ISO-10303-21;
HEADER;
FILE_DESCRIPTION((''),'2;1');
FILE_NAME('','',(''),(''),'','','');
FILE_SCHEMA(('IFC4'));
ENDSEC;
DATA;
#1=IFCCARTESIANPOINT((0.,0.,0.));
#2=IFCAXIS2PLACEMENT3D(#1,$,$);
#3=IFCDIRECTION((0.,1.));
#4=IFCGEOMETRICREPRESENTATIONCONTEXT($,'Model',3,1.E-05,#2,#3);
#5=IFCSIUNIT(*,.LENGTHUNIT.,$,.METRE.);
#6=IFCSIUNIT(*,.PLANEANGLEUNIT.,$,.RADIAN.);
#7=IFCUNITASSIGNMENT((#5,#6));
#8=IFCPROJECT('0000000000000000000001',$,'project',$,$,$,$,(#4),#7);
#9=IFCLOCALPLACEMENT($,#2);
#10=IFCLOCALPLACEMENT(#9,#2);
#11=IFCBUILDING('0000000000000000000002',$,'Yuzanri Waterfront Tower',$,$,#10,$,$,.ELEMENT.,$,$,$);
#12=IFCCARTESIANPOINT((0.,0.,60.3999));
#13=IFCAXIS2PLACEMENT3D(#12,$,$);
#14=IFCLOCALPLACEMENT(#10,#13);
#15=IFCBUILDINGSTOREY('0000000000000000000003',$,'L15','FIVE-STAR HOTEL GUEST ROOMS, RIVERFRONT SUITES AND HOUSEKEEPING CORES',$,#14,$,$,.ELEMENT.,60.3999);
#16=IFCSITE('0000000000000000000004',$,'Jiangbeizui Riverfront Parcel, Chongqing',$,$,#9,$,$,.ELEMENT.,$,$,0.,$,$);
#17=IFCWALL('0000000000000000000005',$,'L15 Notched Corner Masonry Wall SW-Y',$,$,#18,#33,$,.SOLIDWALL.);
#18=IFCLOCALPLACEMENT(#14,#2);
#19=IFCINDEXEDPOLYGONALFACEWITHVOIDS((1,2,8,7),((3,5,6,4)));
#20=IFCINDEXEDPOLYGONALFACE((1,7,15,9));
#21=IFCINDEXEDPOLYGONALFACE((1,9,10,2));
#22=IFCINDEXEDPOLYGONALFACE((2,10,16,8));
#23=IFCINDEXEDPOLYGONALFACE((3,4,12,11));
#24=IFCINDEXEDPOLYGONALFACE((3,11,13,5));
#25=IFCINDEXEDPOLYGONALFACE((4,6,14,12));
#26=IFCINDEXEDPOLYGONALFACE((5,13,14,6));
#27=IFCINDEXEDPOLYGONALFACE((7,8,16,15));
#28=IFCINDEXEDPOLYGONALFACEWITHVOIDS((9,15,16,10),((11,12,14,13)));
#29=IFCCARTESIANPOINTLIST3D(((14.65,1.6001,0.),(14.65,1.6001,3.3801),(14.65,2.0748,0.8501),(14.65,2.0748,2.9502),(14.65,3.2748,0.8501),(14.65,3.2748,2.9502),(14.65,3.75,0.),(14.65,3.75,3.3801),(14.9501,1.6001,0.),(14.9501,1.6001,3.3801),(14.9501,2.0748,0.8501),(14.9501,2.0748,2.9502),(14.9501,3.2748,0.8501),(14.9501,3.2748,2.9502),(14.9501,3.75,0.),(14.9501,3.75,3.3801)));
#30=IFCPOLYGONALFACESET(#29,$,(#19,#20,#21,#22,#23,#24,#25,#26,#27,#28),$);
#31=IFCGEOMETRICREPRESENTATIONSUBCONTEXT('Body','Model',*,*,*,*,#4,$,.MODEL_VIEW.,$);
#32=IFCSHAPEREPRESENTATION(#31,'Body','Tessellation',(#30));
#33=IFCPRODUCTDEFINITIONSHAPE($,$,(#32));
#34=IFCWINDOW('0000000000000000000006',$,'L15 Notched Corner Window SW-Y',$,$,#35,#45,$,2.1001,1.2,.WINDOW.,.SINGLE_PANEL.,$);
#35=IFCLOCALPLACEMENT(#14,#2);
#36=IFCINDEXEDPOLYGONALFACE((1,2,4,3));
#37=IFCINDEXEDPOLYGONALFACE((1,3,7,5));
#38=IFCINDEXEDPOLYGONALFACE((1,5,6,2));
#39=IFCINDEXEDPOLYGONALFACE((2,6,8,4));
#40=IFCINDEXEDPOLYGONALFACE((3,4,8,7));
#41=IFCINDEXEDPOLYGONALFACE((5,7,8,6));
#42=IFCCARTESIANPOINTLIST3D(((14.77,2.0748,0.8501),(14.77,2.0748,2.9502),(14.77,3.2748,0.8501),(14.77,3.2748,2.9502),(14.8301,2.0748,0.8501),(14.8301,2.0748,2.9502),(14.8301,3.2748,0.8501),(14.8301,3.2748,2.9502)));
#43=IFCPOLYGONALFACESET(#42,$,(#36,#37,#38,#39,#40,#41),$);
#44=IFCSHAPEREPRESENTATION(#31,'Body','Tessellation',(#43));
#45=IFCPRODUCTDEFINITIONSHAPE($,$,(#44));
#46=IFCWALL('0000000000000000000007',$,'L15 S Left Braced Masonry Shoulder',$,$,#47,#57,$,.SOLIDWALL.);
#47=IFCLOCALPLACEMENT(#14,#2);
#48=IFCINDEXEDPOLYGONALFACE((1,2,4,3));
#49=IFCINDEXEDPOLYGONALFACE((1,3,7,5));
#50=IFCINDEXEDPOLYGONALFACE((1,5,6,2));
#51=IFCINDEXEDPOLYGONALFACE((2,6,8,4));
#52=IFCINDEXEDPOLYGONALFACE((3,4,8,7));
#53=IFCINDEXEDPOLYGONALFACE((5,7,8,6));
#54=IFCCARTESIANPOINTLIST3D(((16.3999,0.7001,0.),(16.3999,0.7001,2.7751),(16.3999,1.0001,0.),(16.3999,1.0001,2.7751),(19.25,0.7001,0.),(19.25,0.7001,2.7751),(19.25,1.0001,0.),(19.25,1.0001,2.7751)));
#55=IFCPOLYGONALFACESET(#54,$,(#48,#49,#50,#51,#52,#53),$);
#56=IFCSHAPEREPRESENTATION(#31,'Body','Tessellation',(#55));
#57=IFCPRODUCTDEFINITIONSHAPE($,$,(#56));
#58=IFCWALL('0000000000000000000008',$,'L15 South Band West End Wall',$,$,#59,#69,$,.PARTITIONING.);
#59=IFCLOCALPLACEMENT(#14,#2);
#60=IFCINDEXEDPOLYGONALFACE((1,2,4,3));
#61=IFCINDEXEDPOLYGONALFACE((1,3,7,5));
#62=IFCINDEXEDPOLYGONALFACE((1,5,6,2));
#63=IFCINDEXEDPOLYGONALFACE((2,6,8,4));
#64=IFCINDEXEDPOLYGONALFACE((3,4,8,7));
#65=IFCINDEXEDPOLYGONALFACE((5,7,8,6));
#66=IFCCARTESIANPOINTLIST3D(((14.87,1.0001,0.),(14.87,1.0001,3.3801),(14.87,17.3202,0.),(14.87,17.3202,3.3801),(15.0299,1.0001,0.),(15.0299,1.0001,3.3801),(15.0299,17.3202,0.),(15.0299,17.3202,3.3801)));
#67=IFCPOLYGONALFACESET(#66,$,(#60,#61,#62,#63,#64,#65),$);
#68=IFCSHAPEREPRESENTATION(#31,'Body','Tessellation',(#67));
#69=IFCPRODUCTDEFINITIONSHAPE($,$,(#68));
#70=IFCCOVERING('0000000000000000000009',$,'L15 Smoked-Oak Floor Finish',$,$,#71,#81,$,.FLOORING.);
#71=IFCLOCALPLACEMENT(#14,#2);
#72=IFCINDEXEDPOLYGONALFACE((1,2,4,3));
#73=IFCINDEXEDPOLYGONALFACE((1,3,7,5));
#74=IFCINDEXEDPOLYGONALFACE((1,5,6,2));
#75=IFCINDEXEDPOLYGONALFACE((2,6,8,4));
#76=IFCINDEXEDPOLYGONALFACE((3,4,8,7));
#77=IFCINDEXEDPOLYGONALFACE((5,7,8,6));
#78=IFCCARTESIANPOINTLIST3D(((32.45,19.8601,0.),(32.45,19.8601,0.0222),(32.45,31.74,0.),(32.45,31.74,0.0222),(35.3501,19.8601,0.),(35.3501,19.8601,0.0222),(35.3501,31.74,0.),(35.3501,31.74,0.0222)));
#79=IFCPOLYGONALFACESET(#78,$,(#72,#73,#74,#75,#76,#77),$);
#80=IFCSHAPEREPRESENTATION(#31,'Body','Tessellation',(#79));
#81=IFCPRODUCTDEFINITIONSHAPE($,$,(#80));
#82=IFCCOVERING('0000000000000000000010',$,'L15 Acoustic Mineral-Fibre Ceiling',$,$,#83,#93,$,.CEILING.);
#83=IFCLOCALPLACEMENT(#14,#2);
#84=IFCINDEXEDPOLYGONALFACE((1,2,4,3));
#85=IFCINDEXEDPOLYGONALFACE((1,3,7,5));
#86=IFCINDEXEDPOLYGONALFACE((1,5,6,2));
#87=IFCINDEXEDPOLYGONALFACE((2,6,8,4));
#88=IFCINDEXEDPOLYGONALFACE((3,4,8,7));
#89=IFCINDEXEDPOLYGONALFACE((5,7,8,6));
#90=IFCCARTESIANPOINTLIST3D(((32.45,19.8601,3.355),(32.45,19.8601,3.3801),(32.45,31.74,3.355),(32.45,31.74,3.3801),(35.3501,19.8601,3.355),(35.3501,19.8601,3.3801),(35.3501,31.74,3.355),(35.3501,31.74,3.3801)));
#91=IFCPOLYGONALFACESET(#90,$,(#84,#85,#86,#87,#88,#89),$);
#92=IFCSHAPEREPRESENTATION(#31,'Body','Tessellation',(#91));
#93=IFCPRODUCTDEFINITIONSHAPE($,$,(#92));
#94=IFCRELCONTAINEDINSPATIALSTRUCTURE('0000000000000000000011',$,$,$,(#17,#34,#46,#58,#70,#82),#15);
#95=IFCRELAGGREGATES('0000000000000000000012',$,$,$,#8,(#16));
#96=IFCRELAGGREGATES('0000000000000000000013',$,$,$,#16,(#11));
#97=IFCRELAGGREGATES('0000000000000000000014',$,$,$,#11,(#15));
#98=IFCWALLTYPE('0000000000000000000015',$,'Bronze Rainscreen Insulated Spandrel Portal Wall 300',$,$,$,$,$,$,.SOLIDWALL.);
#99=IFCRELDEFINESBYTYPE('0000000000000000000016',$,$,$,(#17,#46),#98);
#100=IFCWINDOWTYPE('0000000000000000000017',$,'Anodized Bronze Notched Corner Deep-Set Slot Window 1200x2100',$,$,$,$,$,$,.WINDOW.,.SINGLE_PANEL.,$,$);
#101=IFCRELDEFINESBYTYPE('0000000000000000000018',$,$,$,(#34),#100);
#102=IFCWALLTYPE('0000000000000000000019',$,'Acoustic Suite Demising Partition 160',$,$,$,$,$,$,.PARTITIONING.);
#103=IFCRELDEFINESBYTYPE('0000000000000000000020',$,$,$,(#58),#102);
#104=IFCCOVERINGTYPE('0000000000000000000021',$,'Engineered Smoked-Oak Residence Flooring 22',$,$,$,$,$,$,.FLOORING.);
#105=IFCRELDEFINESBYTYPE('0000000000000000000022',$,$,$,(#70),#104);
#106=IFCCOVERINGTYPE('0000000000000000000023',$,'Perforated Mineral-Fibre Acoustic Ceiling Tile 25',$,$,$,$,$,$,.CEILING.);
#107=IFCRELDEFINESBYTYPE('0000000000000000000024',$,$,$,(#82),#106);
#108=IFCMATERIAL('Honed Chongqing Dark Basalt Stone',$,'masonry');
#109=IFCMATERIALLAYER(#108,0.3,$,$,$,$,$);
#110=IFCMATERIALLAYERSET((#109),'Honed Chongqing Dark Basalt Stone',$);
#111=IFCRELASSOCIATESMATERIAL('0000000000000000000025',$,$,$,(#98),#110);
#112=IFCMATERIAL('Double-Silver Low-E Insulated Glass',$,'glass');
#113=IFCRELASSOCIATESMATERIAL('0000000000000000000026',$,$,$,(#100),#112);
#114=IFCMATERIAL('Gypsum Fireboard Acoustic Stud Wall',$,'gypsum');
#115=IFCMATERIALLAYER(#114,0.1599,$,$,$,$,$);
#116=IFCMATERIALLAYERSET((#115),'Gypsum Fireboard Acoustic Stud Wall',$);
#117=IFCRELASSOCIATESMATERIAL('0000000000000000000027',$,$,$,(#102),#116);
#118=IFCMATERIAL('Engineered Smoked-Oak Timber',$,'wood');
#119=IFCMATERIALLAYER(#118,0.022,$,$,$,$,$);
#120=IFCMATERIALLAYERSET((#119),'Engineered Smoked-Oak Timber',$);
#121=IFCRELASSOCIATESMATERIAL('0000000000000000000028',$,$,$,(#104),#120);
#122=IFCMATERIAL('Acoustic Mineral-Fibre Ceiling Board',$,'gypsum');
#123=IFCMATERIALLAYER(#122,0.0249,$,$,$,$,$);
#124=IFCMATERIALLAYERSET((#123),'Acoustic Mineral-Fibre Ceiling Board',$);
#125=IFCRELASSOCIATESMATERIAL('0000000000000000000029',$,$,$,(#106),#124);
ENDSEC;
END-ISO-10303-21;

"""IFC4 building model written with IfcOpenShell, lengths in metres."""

from ifc_helpers import new_model, si_unit, direction, frame, frame_2d, origin, place, context, subcontext, project, spatial, polyline, rectangle, outline, extrude, source, transform, mapped, material, layer, layer_set, type_object, element, fill, save


model = new_model("IFC4")

# Units and contexts
model_context = context("Model", 3, precision=1e-05, world=origin(), true_north=direction((0.0, 1.0)))
body_context = subcontext(model_context, "Body", "Model", "MODEL_VIEW")
ifc_project = project(units=[si_unit("LENGTHUNIT", "METRE"), si_unit("PLANEANGLEUNIT", "RADIAN")], contexts=[model_context])

# Site, building, storey
site_placement = place(None, origin())
site = spatial("IfcSite", under=ifc_project, at=site_placement, Name="Jiangbeizui Riverfront Parcel, Chongqing", CompositionType="ELEMENT", RefElevation=0.0)
building_placement = place(site_placement, origin())
building = spatial("IfcBuilding", under=site, at=building_placement, Name="Yuzanri Waterfront Tower", CompositionType="ELEMENT")
storey_placement = place(building_placement, frame((0.0, 0.0, 60.3999)))
storey = spatial("IfcBuildingStorey", under=building, at=storey_placement, Name="L15", Description="FIVE-STAR HOTEL GUEST ROOMS, RIVERFRONT SUITES AND HOUSEKEEPING CORES", CompositionType="ELEMENT", Elevation=60.3999)

# Wall, opening, window
ifc_material_1 = material(Name="Honed Chongqing Dark Basalt Stone", Category="masonry")
ifc_layer_1 = layer(ifc_material_1, 0.3)
ifc_layer_set_1 = layer_set([ifc_layer_1], Name="Honed Chongqing Dark Basalt Stone")
wall_type_1 = type_object("IfcWallType", Name="Bronze Rainscreen Insulated Spandrel Portal Wall 300", PredefinedType="SOLIDWALL", material=ifc_layer_set_1)
wall_1_placement = place(storey_placement, frame((14.8, 3.75, 0.0), z_axis=(0.0, 0.0, 1.0), x_axis=(0.0, -1.0, 0.0)))
wall_1 = element("IfcWall", 1, at=wall_1_placement, inside=storey, type_object=wall_type_1, Name="L15 Notched Corner Masonry Wall SW-Y", PredefinedType="SOLIDWALL", context=body_context, shape_type="SweptSolid", body=[
    extrude(rectangle(XDim=2.1499, YDim=0.3, at=frame_2d((1.075, 0.0))), origin(), (0.0, 0.0, 1.0), 3.3801),
])
opening_1_placement = place(wall_1_placement, frame((0.4751, 0.0, 0.8501)))
opening_1 = element("IfcOpeningElement", 2, at=opening_1_placement, cuts=wall_1, PredefinedType="OPENING", context=body_context, shape_type="SweptSolid", body=[
    extrude(rectangle(XDim=1.2, YDim=2.1001, at=frame_2d((0.6001, 1.05))), frame((0.0, 0.165, 0.0), z_axis=(0.0, -1.0, 0.0), x_axis=(1.0, 0.0, 0.0)), (0.0, 0.0, 1.0), 0.3298),
])
ifc_material_2 = material(Name="Double-Silver Low-E Insulated Glass", Category="glass")
window_type_1 = type_object("IfcWindowType", Name="Anodized Bronze Notched Corner Deep-Set Slot Window 1200x2100", PartitioningType="SINGLE_PANEL", PredefinedType="WINDOW", material=ifc_material_2)
shared_shape_1 = source(origin(), body_context, "Body", "SweptSolid", [
    extrude(rectangle(XDim=1.2, YDim=2.1001, at=frame_2d((0.6001, 1.05))), frame((0.0, 0.03, 0.0), z_axis=(0.0, -1.0, 0.0), x_axis=(1.0, 0.0, 0.0)), (0.0, 0.0, 1.0), 0.0601),
])
window_1_placement = place(opening_1_placement, origin())
window_1 = element("IfcWindow", 3, at=window_1_placement, inside=storey, type_object=window_type_1, Name="L15 Notched Corner Window SW-Y", OverallHeight=2.1001, OverallWidth=1.2, PartitioningType="SINGLE_PANEL", PredefinedType="WINDOW", context=body_context, shape_type="MappedRepresentation", body=[
    mapped(shared_shape_1, transform((0.0, 0.0, 0.0), scale=1.0)),
])
fill(opening_1, window_1)

# Walls
shared_shape_2 = source(origin(), body_context, "Body", "SweptSolid", [
    extrude(rectangle(XDim=2.8501, YDim=0.3, at=frame_2d((1.425, 0.0))), origin(), (0.0, 0.0, 1.0), 2.7751),
])
wall_2_placement = place(storey_placement, frame((16.3999, 0.8501, 0.0), z_axis=(0.0, 0.0, 1.0), x_axis=(1.0, 0.0, 0.0)))
element("IfcWall", 4, at=wall_2_placement, inside=storey, type_object=wall_type_1, Name="L15 S Left Braced Masonry Shoulder", PredefinedType="SOLIDWALL", context=body_context, shape_type="MappedRepresentation", body=[
    mapped(shared_shape_2, transform((0.0, 0.0, 0.0), scale=1.0)),
])
ifc_material_3 = material(Name="Gypsum Fireboard Acoustic Stud Wall", Category="gypsum")
ifc_layer_2 = layer(ifc_material_3, 0.1599)
ifc_layer_set_2 = layer_set([ifc_layer_2], Name="Gypsum Fireboard Acoustic Stud Wall")
wall_type_2 = type_object("IfcWallType", Name="Acoustic Suite Demising Partition 160", PredefinedType="PARTITIONING", material=ifc_layer_set_2)
shared_shape_3 = source(origin(), body_context, "Body", "SweptSolid", [
    extrude(rectangle(XDim=16.3201, YDim=0.1599, at=frame_2d((8.1602, 0.0))), origin(), (0.0, 0.0, 1.0), 3.3801),
])
wall_3_placement = place(storey_placement, frame((14.95, 1.0, 0.0), z_axis=(0.0, 0.0, 1.0), x_axis=(0.0, 1.0, 0.0)))
element("IfcWall", 5, at=wall_3_placement, inside=storey, type_object=wall_type_2, Name="L15 South Band West End Wall", PredefinedType="PARTITIONING", context=body_context, shape_type="MappedRepresentation", body=[
    mapped(shared_shape_3, transform((0.0, 0.0, 0.0), scale=1.0)),
])

# Coverings
ifc_material_4 = material(Name="Engineered Smoked-Oak Timber", Category="wood")
ifc_layer_3 = layer(ifc_material_4, 0.022)
ifc_layer_set_3 = layer_set([ifc_layer_3], Name="Engineered Smoked-Oak Timber")
covering_type_1 = type_object("IfcCoveringType", Name="Engineered Smoked-Oak Residence Flooring 22", PredefinedType="FLOORING", material=ifc_layer_set_3)
covering_1_placement = place(storey_placement, origin())
element("IfcCovering", 6, at=covering_1_placement, inside=storey, type_object=covering_type_1, Name="L15 Smoked-Oak Floor Finish", PredefinedType="FLOORING", context=body_context, shape_type="SweptSolid", body=[
    extrude(outline(polyline([(32.45, 19.8601), (35.3501, 19.8601), (35.3501, 31.74), (32.45, 31.74), (32.45, 19.8601)])), origin(), (0.0, 0.0, 1.0), 0.0222),
])
ifc_material_5 = material(Name="Acoustic Mineral-Fibre Ceiling Board", Category="gypsum")
ifc_layer_4 = layer(ifc_material_5, 0.0249)
ifc_layer_set_4 = layer_set([ifc_layer_4], Name="Acoustic Mineral-Fibre Ceiling Board")
covering_type_2 = type_object("IfcCoveringType", Name="Perforated Mineral-Fibre Acoustic Ceiling Tile 25", PredefinedType="CEILING", material=ifc_layer_set_4)
covering_2_placement = place(storey_placement, frame((0.0, 0.0, 3.355)))
element("IfcCovering", 7, at=covering_2_placement, inside=storey, type_object=covering_type_2, Name="L15 Acoustic Mineral-Fibre Ceiling", PredefinedType="CEILING", context=body_context, shape_type="SweptSolid", body=[
    extrude(outline(polyline([(32.45, 19.8601), (35.3501, 19.8601), (35.3501, 31.74), (32.45, 31.74), (32.45, 19.8601)])), origin(), (0.0, 0.0, 1.0), 0.0251),
])

save(model, "model.ifc")
